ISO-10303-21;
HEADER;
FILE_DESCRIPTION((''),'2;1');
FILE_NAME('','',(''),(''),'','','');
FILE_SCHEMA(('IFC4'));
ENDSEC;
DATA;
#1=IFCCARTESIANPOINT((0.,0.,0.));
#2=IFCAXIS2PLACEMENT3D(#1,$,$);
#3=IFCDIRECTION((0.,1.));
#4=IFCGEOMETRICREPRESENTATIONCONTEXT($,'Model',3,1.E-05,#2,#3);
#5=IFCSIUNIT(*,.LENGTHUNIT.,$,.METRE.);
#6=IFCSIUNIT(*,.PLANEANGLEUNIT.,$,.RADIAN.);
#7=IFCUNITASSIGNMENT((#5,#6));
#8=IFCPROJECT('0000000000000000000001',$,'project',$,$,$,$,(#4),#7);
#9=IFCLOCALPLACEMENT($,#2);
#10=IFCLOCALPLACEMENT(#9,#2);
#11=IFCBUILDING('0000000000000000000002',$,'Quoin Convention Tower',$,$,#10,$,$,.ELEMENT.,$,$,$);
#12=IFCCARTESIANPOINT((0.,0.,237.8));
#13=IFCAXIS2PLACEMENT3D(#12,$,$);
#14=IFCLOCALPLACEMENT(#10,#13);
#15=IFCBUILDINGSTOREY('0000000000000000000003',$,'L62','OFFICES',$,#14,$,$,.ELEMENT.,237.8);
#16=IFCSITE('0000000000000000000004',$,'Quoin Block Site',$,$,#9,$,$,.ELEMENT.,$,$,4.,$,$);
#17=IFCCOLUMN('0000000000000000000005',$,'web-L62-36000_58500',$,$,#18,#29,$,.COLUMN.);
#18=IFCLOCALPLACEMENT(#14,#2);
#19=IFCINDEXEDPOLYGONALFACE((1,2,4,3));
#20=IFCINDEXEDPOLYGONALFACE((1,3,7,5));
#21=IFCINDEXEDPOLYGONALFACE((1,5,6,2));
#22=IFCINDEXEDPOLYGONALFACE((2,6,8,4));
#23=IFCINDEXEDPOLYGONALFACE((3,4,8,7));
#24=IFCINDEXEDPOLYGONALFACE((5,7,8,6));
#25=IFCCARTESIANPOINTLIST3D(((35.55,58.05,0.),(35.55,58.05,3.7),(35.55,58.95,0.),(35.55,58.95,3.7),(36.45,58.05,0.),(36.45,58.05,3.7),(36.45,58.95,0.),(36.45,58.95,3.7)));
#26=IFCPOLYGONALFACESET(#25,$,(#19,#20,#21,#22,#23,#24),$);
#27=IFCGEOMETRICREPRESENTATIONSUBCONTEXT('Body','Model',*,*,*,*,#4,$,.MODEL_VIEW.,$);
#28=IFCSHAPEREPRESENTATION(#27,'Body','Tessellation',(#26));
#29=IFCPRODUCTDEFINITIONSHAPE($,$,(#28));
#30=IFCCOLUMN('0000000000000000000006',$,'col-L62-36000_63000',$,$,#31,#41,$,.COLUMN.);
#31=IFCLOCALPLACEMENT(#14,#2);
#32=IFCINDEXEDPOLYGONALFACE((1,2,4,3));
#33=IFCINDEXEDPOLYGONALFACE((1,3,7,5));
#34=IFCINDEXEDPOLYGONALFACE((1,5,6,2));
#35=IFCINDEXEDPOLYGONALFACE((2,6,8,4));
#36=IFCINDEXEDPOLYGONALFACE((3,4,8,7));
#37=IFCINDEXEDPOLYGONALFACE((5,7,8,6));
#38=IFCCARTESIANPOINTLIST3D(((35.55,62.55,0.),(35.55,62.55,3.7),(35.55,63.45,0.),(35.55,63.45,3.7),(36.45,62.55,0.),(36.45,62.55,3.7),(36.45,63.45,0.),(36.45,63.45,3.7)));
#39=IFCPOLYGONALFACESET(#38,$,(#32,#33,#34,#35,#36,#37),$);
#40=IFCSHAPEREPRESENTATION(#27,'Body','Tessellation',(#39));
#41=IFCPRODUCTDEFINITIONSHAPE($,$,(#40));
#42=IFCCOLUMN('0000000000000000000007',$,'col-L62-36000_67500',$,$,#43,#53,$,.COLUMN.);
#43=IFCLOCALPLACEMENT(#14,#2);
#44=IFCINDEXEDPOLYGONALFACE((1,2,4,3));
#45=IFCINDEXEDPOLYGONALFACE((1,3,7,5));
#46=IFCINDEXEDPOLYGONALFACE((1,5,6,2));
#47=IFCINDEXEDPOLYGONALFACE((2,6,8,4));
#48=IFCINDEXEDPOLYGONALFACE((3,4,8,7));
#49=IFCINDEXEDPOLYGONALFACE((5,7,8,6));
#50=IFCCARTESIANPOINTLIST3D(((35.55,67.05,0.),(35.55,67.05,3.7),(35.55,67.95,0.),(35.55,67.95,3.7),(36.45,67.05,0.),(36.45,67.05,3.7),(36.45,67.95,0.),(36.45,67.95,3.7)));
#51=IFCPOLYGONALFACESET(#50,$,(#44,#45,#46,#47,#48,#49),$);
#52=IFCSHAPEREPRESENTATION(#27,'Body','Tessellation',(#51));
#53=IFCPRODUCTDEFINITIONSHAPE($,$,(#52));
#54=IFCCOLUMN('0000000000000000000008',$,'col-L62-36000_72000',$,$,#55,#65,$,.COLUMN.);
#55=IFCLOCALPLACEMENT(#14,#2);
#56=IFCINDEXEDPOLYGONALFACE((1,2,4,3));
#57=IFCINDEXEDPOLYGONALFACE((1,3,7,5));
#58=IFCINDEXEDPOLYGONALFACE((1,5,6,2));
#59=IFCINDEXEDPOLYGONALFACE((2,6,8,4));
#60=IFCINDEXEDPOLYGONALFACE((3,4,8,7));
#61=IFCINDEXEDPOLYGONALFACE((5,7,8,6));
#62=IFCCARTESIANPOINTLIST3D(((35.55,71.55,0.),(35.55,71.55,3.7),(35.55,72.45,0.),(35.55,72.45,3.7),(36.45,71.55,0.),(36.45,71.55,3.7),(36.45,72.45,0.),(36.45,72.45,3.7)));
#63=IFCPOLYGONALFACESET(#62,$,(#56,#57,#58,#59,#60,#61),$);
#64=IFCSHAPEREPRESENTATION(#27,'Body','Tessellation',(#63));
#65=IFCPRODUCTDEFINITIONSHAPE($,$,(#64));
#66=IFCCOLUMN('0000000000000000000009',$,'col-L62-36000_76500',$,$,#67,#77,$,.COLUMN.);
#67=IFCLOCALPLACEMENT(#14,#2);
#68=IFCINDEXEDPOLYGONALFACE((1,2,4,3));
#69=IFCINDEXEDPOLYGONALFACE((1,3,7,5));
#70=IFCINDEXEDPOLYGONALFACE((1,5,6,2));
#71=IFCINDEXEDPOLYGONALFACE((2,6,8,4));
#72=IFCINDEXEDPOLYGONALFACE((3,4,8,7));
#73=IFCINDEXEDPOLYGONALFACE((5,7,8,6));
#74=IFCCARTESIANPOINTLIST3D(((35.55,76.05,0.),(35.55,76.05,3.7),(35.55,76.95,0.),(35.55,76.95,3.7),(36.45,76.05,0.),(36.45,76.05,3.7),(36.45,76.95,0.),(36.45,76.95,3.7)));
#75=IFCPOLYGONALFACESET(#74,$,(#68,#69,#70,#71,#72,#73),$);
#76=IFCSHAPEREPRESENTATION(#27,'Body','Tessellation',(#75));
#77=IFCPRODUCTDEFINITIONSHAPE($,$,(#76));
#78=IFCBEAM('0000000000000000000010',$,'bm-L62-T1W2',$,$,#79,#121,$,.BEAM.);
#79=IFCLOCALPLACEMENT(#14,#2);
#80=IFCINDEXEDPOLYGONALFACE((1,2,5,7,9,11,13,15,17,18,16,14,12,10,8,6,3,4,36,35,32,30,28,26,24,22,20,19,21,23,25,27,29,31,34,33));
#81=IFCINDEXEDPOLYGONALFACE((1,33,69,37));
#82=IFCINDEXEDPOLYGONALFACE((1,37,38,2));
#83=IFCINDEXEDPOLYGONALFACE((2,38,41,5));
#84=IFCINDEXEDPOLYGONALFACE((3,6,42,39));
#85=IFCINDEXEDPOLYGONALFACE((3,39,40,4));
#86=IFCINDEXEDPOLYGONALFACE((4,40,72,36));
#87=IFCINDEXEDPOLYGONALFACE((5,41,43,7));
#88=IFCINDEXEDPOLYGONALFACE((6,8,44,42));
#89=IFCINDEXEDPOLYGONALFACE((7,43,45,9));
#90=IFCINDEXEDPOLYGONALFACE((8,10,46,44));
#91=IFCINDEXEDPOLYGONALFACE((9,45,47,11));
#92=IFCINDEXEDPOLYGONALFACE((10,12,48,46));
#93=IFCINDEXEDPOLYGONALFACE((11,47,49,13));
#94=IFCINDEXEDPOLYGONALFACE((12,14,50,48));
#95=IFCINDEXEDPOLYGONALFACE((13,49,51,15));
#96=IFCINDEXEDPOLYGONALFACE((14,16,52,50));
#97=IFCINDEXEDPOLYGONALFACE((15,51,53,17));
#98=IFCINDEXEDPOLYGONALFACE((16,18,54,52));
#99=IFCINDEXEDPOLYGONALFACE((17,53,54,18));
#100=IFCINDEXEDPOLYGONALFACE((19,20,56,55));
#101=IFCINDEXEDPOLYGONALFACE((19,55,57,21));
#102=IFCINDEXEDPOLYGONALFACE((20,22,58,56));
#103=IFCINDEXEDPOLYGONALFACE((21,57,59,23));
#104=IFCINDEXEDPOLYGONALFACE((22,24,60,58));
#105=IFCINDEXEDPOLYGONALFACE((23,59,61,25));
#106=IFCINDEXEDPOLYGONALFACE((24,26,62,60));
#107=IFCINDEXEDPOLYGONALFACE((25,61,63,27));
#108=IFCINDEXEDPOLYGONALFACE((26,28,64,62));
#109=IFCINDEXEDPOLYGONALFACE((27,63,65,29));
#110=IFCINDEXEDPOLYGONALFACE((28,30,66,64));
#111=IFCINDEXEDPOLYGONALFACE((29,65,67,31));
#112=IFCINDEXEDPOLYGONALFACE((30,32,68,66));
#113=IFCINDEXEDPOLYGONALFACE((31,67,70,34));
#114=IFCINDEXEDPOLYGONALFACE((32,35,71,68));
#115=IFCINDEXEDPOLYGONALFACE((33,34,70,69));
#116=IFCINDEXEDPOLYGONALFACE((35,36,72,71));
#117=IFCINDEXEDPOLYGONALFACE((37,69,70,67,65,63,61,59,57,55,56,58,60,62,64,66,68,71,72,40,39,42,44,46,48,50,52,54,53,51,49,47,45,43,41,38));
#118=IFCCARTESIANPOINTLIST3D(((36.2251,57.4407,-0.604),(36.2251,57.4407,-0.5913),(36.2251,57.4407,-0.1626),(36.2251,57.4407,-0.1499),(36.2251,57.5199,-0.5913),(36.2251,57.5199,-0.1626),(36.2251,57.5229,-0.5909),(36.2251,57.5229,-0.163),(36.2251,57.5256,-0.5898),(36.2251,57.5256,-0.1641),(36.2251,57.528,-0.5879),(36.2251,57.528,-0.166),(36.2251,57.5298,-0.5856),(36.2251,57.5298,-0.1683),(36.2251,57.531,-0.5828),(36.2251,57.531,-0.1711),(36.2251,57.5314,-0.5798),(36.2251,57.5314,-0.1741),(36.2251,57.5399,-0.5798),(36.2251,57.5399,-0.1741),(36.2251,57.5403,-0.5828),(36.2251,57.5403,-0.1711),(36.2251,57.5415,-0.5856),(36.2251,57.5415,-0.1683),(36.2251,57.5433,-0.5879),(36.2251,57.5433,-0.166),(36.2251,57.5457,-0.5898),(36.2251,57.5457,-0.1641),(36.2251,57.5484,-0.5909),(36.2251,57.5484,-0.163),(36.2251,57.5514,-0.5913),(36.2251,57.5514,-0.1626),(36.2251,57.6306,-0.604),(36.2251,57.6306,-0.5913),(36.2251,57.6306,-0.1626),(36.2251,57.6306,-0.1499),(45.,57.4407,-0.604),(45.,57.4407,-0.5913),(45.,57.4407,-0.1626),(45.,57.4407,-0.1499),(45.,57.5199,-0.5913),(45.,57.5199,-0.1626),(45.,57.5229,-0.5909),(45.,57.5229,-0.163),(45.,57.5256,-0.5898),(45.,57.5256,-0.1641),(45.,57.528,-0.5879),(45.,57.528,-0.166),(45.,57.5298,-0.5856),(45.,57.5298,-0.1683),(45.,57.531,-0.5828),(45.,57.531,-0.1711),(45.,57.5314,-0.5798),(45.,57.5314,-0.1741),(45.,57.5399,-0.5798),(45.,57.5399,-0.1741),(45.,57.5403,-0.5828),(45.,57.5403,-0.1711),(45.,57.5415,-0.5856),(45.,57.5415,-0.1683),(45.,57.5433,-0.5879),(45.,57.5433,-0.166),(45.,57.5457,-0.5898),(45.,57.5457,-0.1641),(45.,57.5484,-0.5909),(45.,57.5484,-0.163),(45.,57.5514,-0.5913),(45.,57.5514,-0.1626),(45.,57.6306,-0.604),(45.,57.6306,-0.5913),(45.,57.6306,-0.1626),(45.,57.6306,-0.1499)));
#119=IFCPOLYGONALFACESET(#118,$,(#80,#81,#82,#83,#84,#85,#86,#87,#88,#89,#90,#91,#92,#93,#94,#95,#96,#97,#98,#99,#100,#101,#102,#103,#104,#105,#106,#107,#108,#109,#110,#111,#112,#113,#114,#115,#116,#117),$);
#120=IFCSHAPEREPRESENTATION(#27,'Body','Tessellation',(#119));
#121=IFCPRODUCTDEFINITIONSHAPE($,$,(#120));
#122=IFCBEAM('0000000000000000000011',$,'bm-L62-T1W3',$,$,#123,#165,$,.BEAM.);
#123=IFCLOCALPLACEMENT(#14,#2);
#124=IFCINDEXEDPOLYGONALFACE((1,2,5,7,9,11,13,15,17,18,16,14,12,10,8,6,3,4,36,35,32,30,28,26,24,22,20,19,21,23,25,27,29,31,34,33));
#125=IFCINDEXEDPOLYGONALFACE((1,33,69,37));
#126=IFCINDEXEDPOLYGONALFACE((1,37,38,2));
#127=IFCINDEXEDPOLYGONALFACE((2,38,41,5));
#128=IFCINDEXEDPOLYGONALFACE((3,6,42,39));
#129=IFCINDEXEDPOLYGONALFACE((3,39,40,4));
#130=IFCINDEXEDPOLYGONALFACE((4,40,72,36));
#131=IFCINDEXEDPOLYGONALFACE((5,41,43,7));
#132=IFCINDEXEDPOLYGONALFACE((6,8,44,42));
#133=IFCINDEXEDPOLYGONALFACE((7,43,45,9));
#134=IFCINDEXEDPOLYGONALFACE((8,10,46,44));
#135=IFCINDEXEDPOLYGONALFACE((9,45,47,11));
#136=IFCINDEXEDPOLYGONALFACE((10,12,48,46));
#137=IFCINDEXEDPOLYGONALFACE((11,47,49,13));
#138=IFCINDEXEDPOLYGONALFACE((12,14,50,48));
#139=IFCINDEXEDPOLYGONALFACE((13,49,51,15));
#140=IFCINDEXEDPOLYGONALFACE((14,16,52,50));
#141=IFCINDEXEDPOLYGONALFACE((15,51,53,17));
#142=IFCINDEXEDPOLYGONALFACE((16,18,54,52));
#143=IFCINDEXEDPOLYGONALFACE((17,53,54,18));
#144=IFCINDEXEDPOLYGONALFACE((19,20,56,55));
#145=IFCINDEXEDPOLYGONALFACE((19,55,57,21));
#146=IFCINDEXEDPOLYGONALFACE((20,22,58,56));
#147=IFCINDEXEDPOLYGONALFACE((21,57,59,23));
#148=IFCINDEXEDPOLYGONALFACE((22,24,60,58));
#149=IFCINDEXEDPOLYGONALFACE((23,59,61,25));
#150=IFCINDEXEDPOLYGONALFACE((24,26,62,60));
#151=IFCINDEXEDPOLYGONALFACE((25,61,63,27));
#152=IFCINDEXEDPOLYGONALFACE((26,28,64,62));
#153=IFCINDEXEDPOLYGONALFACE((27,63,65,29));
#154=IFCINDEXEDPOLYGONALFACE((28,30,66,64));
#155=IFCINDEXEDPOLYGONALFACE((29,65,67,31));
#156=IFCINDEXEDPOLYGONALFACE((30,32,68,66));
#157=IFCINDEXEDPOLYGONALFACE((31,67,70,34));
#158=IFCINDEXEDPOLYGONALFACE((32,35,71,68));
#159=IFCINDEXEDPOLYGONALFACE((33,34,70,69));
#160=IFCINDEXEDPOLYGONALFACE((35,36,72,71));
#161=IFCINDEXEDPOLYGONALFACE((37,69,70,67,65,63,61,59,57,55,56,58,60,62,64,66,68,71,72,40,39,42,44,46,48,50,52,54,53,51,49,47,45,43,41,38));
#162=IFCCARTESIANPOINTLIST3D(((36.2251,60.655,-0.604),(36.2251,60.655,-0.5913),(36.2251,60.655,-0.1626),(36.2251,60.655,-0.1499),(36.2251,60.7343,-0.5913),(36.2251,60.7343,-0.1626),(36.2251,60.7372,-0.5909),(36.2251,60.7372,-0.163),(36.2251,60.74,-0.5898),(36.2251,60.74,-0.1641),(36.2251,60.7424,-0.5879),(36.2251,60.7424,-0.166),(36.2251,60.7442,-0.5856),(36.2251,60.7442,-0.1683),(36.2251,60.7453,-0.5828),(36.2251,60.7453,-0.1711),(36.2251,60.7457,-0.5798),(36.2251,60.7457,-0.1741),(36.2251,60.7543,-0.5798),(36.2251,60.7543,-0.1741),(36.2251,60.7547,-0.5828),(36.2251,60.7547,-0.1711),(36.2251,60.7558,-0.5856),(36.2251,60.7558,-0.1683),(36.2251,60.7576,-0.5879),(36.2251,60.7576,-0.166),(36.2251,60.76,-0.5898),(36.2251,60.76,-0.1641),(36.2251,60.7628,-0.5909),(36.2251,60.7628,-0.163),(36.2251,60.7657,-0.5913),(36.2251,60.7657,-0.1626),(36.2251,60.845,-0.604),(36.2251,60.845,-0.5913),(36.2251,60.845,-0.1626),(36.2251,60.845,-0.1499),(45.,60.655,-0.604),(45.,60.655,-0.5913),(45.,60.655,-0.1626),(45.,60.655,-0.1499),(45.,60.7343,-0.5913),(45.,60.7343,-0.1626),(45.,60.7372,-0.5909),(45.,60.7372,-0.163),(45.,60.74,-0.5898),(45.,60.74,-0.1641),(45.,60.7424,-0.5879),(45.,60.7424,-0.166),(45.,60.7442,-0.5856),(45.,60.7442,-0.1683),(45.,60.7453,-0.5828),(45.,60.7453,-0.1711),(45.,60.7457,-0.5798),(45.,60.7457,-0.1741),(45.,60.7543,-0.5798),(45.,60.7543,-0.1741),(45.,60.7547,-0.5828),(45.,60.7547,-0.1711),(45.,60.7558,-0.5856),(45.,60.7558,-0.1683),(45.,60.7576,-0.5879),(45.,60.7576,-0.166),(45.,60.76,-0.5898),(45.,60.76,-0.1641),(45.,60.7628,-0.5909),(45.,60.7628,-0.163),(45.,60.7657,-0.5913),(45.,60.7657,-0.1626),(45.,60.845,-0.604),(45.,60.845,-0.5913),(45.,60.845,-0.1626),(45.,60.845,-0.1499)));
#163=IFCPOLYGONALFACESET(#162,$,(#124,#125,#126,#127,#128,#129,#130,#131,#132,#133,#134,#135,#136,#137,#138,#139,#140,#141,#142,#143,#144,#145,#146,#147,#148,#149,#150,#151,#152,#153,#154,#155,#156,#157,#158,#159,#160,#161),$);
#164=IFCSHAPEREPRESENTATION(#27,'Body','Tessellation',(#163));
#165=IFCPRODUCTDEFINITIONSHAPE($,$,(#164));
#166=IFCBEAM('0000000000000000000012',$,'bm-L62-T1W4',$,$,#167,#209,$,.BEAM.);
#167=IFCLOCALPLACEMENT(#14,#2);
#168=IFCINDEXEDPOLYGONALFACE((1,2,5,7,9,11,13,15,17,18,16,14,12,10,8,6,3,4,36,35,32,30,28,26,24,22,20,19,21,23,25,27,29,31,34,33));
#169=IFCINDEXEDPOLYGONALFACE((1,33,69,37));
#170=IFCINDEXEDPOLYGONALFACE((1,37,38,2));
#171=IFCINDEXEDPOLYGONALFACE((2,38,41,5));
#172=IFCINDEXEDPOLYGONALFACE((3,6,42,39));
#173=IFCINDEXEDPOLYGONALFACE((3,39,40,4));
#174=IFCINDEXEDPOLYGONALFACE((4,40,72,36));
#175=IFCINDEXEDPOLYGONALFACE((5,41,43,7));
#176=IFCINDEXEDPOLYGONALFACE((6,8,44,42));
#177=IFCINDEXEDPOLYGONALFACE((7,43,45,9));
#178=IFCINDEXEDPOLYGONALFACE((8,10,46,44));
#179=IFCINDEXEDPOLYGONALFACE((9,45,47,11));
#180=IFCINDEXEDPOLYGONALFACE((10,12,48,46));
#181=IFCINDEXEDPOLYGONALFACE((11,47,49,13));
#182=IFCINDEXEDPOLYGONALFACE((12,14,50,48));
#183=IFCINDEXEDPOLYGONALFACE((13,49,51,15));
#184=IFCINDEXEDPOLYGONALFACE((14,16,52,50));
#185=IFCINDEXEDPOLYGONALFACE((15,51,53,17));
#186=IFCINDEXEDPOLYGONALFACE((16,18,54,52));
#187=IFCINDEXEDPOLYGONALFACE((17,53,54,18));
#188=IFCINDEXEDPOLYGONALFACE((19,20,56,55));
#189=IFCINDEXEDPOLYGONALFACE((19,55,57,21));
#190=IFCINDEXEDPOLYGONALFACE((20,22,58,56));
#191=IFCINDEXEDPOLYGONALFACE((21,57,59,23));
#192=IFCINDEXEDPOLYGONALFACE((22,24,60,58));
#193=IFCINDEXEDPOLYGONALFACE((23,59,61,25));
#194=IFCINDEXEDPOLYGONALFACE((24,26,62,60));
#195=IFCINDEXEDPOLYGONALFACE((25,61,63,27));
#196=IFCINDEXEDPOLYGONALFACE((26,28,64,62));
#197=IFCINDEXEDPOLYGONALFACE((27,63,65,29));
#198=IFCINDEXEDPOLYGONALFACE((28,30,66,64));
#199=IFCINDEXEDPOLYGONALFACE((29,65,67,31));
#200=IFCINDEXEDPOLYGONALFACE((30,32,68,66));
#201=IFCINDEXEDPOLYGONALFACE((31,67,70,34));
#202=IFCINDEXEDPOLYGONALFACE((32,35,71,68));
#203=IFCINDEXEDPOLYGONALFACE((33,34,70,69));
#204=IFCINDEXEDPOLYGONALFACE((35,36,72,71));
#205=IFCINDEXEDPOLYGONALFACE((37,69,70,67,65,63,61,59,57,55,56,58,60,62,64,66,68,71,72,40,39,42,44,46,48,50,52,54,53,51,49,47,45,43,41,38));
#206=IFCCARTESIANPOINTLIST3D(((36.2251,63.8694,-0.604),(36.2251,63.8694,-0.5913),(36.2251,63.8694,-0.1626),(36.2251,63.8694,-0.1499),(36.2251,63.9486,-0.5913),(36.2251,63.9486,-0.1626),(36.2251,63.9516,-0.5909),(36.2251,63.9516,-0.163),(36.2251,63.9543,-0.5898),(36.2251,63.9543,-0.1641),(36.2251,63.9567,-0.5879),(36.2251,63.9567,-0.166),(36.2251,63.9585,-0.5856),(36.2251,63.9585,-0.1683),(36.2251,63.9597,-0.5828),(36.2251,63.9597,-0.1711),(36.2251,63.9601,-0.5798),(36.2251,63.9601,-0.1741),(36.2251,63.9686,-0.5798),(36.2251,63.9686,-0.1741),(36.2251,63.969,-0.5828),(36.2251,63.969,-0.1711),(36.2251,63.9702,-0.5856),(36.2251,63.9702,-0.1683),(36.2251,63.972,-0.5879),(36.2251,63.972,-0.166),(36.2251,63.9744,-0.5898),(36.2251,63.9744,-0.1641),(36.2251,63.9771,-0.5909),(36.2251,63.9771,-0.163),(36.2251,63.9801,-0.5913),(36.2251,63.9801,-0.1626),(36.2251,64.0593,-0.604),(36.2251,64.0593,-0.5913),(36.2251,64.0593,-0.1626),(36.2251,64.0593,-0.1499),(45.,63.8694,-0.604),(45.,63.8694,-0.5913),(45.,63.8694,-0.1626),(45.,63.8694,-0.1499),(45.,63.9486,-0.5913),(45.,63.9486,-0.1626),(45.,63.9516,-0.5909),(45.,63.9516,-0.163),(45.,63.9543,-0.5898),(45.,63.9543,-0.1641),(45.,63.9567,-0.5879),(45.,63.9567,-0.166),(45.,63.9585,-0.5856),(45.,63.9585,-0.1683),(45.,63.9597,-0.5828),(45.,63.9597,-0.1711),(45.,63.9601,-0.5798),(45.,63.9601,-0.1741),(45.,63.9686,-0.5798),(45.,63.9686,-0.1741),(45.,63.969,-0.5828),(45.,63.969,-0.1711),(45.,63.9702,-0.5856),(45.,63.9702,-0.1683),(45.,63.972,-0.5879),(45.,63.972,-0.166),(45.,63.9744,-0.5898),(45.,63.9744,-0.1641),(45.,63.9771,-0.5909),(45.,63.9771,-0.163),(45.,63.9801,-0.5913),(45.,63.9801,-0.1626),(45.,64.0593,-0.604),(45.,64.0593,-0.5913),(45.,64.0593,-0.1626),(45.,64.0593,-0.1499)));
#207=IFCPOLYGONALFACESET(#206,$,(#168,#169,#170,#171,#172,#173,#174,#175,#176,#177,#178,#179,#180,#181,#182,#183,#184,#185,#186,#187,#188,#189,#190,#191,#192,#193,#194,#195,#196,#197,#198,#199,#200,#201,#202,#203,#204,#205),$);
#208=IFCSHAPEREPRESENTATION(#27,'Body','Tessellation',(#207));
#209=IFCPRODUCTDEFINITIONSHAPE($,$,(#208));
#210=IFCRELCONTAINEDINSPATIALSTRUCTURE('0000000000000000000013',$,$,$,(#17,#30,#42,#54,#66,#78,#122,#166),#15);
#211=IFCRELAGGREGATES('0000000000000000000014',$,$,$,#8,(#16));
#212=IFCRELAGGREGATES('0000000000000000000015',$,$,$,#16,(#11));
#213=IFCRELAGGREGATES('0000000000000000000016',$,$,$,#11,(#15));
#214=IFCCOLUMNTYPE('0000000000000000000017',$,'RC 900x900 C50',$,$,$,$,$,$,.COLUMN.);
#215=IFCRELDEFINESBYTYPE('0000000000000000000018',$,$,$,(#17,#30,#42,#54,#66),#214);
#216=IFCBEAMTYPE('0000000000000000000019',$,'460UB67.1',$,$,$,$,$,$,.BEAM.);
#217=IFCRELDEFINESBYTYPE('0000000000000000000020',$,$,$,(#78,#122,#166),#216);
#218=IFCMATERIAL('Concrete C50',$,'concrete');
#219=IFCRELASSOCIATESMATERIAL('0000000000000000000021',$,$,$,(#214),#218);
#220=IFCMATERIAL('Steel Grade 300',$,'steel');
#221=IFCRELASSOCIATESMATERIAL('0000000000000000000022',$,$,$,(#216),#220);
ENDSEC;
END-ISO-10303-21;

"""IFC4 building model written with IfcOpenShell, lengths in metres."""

from ifc_helpers import new_model, si_unit, direction, frame, origin, origin_2d, place, context, subcontext, project, spatial, rectangle, i_section, extrude, material, material_profile, profile_set, type_object, element, save


model = new_model("IFC4")

# Units and contexts
model_context = context("Model", 3, precision=1e-05, world=origin(), true_north=direction((0.0, 1.0)))
body_context = subcontext(model_context, "Body", "Model", "MODEL_VIEW")
ifc_project = project(units=[si_unit("LENGTHUNIT", "METRE"), si_unit("PLANEANGLEUNIT", "RADIAN")], contexts=[model_context])

# Site, building, storey
site_placement = place(None, origin())
site = spatial("IfcSite", under=ifc_project, at=site_placement, Name="Quoin Block Site", CompositionType="ELEMENT", RefElevation=4.0)
building_placement = place(site_placement, origin())
building = spatial("IfcBuilding", under=site, at=building_placement, Name="Quoin Convention Tower", CompositionType="ELEMENT")
storey_placement = place(building_placement, frame((0.0, 0.0, 237.8)))
storey = spatial("IfcBuildingStorey", under=building, at=storey_placement, Name="L62", Description="OFFICES", CompositionType="ELEMENT", Elevation=237.8)

# Columns
ifc_material_1 = material(Name="Concrete C50", Category="concrete")
ifc_material_profile_1 = material_profile(ifc_material_1, rectangle(XDim=0.8999, YDim=0.8999, at=origin_2d()), Name="RC 900x900")
ifc_profile_set_1 = profile_set([ifc_material_profile_1], Name="Concrete C50")
column_type = type_object("IfcColumnType", Name="RC 900x900 C50", PredefinedType="COLUMN", material=ifc_profile_set_1)
for number, where, z_axis, x_axis, name in (
    (1, (36.0, 58.5, 0.0), (0.0, 0.0, 1.0), (1.0, 0.0, 0.0), "web-L62-36000_58500"),
    (2, (36.0, 63.0, 0.0), (0.0, 0.0, 1.0), (1.0, 0.0, 0.0), "col-L62-36000_63000"),
    (3, (36.0, 67.5, 0.0), (0.0, 0.0, 1.0), (1.0, 0.0, 0.0), "col-L62-36000_67500"),
    (4, (36.0, 72.0, 0.0), (0.0, 0.0, 1.0), (1.0, 0.0, 0.0), "col-L62-36000_72000"),
    (5, (36.0, 76.5, 0.0), (0.0, 0.0, 1.0), (1.0, 0.0, 0.0), "col-L62-36000_76500"),
):
    element("IfcColumn", number, at=place(storey_placement, frame(where, z_axis=z_axis, x_axis=x_axis)), inside=storey, type_object=column_type, Name=name, PredefinedType="COLUMN", context=body_context, shape_type="SweptSolid", body=[
        extrude(rectangle(XDim=0.8999, YDim=0.8999, at=origin_2d()), origin(), (0.0, 0.0, 1.0), 3.7),
    ])

# Beams
ifc_material_2 = material(Name="Steel Grade 300", Category="steel")
ifc_material_profile_2 = material_profile(ifc_material_2, i_section(OverallWidth=0.1899, OverallDepth=0.4541, WebThickness=0.0085, FlangeThickness=0.0127, FilletRadius=0.0115, at=origin_2d()), Name="460UB67.1")
ifc_profile_set_2 = profile_set([ifc_material_profile_2], Name="Steel Grade 300")
beam_type_1 = type_object("IfcBeamType", Name="460UB67.1", PredefinedType="BEAM", material=ifc_profile_set_2)
for number, where, z_axis, x_axis, name in (
    (6, (36.2251, 57.5356, -0.377), (1.0, 0.0, 0.0), (0.0, 1.0, 0.0), "bm-L62-T1W2"),
    (7, (36.2251, 60.75, -0.377), (1.0, 0.0, 0.0), (0.0, 1.0, 0.0), "bm-L62-T1W3"),
    (8, (36.2251, 63.9644, -0.377), (1.0, 0.0, 0.0), (0.0, 1.0, 0.0), "bm-L62-T1W4"),
):
    element("IfcBeam", number, at=place(storey_placement, frame(where, z_axis=z_axis, x_axis=x_axis)), inside=storey, type_object=beam_type_1, Name=name, PredefinedType="BEAM", context=body_context, shape_type="SweptSolid", body=[
        extrude(i_section(OverallWidth=0.1899, OverallDepth=0.4541, WebThickness=0.0085, FlangeThickness=0.0127, FilletRadius=0.0115, at=origin_2d()), origin(), (0.0, 0.0, 1.0), 8.7749),
    ])

save(model, "model.ifc")
